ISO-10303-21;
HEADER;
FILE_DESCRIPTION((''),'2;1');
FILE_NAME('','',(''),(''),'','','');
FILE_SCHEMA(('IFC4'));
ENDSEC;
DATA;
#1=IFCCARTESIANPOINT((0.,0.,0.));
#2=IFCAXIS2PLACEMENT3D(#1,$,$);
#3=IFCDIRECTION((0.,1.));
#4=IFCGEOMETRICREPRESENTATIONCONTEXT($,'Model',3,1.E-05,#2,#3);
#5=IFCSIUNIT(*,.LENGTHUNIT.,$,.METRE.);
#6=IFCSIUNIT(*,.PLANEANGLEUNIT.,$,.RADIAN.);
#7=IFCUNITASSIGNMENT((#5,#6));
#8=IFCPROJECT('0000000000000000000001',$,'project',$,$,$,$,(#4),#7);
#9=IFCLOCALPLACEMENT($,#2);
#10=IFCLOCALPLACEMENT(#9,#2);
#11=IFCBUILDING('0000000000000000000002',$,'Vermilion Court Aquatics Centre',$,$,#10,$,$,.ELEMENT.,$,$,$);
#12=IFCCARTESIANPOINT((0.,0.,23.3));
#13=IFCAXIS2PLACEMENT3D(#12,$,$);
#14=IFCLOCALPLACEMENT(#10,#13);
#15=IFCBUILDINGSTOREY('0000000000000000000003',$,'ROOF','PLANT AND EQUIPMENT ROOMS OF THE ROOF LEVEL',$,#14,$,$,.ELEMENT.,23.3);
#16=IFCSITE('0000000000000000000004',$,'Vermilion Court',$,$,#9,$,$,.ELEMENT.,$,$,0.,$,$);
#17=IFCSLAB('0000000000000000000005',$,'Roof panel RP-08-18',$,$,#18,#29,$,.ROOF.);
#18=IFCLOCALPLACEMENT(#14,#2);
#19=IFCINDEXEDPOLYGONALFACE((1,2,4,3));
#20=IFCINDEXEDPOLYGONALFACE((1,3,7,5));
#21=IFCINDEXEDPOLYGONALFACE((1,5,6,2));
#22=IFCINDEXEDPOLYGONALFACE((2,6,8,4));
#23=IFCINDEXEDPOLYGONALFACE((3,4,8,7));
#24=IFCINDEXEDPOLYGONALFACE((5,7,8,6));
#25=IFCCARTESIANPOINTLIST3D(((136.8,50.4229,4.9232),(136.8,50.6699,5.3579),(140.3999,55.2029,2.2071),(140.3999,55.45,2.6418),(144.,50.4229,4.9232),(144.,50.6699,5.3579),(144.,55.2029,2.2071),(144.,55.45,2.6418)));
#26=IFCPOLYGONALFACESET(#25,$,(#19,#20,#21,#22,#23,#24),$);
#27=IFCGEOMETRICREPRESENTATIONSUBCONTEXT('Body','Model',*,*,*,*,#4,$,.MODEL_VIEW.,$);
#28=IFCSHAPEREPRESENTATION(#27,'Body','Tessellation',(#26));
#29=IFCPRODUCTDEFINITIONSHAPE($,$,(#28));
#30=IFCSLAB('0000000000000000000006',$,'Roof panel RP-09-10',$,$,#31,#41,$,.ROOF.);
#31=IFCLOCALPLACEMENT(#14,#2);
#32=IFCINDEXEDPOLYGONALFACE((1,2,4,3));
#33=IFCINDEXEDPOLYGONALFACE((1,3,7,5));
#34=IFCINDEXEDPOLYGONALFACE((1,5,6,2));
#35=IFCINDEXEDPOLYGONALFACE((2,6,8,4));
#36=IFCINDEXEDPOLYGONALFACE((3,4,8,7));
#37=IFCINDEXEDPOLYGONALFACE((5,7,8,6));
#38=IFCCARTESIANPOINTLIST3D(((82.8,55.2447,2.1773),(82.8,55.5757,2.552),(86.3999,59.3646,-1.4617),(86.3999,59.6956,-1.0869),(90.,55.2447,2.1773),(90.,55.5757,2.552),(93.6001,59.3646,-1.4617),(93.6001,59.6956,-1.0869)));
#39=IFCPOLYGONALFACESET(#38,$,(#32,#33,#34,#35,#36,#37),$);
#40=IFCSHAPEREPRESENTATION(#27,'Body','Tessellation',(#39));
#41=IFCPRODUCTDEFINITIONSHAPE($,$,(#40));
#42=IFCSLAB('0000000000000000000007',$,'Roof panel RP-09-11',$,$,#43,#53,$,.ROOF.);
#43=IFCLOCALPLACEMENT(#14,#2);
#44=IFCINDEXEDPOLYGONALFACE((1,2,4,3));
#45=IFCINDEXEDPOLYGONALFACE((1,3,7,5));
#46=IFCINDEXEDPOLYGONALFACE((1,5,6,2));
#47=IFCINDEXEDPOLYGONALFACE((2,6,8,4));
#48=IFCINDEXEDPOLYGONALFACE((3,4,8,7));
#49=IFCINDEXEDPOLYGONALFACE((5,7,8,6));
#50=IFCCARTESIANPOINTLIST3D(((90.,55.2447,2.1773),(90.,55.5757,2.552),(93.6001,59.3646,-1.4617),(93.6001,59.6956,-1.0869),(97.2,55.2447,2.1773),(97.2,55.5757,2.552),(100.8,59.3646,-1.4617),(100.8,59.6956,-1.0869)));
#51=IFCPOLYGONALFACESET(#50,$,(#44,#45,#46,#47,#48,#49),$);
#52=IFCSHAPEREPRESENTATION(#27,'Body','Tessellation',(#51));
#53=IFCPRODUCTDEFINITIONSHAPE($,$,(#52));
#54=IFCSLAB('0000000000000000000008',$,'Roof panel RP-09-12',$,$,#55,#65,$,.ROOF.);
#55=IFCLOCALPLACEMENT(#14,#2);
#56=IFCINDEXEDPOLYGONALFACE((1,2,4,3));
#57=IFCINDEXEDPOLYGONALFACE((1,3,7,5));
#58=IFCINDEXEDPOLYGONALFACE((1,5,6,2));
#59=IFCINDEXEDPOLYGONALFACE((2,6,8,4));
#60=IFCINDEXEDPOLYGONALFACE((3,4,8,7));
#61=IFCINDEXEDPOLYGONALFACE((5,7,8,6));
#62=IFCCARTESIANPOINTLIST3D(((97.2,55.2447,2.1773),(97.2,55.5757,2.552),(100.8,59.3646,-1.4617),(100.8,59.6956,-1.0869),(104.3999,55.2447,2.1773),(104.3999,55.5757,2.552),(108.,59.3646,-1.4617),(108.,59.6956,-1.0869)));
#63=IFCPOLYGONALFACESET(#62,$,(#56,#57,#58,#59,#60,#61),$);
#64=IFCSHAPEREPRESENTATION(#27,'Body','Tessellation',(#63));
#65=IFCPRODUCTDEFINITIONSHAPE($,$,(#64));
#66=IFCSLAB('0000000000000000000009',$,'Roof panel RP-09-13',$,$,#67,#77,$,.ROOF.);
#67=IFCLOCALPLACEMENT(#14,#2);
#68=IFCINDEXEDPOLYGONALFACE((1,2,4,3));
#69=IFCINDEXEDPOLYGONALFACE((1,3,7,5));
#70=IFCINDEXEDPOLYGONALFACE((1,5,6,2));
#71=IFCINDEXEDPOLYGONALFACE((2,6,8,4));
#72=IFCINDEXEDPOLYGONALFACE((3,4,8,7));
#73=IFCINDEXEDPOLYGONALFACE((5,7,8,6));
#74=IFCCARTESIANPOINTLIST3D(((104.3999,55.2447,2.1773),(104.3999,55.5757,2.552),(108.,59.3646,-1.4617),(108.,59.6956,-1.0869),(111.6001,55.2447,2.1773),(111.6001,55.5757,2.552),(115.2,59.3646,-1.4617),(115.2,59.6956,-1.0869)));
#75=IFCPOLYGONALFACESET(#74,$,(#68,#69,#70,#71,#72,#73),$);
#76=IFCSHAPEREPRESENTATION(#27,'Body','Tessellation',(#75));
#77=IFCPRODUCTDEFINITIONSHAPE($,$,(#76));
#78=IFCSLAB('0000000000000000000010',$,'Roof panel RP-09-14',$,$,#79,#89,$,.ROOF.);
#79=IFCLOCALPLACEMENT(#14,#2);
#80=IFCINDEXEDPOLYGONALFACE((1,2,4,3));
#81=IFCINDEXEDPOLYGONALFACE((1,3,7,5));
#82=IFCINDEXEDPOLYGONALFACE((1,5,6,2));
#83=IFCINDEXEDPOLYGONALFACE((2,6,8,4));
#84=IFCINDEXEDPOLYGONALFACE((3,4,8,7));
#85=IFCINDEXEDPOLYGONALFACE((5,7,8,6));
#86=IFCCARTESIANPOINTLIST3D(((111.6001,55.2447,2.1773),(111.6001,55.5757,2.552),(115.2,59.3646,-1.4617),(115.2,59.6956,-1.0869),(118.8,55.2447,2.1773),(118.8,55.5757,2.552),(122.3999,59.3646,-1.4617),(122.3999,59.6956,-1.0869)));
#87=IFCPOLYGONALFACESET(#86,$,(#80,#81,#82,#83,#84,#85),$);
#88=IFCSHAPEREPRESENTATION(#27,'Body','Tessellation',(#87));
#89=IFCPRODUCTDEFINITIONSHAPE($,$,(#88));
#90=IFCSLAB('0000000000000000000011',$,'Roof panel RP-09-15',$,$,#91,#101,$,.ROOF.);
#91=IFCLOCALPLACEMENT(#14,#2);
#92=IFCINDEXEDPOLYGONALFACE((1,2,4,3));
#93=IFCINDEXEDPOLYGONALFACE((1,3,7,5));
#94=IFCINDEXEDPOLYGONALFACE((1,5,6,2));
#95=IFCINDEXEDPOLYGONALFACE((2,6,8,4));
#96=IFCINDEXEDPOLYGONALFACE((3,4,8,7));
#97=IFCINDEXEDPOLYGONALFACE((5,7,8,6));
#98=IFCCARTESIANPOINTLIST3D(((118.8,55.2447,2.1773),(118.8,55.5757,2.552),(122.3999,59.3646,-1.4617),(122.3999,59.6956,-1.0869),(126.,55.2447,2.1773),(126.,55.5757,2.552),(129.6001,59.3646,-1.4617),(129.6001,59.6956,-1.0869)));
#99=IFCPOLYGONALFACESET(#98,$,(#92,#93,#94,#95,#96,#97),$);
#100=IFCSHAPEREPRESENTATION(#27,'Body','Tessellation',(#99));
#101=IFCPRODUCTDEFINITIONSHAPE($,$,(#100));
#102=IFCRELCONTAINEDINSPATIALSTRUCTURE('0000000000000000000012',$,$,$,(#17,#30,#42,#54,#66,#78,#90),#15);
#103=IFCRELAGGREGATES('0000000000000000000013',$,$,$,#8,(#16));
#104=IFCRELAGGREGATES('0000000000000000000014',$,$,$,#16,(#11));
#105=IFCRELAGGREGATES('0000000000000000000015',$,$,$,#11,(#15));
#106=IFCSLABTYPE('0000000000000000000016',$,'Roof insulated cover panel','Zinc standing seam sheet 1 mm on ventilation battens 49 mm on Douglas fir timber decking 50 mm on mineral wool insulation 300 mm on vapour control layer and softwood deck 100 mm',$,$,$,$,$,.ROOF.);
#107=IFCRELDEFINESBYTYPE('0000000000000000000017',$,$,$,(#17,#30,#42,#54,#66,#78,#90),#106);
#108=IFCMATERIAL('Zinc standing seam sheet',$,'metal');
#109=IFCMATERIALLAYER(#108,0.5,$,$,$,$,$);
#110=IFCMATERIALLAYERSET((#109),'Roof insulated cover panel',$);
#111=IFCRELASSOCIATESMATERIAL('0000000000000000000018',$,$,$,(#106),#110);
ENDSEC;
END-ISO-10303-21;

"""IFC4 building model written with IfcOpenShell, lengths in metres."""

from ifc_helpers import new_model, si_unit, direction, frame, origin, place, context, subcontext, project, spatial, polyline, outline, extrude, material, layer, layer_set, type_object, element, save


model = new_model("IFC4")

# Units and contexts
model_context = context("Model", 3, precision=1e-05, world=origin(), true_north=direction((0.0, 1.0)))
body_context = subcontext(model_context, "Body", "Model", "MODEL_VIEW")
ifc_project = project(units=[si_unit("LENGTHUNIT", "METRE"), si_unit("PLANEANGLEUNIT", "RADIAN")], contexts=[model_context])

# Site, building, storey
site_placement = place(None, origin())
site = spatial("IfcSite", under=ifc_project, at=site_placement, Name="Vermilion Court", CompositionType="ELEMENT", RefElevation=0.0)
building_placement = place(site_placement, origin())
building = spatial("IfcBuilding", under=site, at=building_placement, Name="Vermilion Court Aquatics Centre", CompositionType="ELEMENT")
storey_placement = place(building_placement, frame((0.0, 0.0, 23.3)))
storey = spatial("IfcBuildingStorey", under=building, at=storey_placement, Name="ROOF", Description="PLANT AND EQUIPMENT ROOMS OF THE ROOF LEVEL", CompositionType="ELEMENT", Elevation=23.3)

# Slabs
ifc_material = material(Name="Zinc standing seam sheet", Category="metal")
ifc_layer = layer(ifc_material, 0.5)
ifc_layer_set = layer_set([ifc_layer], Name="Roof insulated cover panel")
slab_type = type_object("IfcSlabType", Name="Roof insulated cover panel", Description="Zinc standing seam sheet 1 mm on ventilation battens 49 mm on Douglas fir timber decking 50 mm on mineral wool insulation 300 mm on vapour control layer and softwood deck 100 mm", PredefinedType="ROOF", material=ifc_layer_set)
slab_1_placement = place(storey_placement, frame((136.8, 50.6699, 5.3579), z_axis=(0.0, 0.494028, 0.869446), x_axis=(1.0, 0.0, 0.0)))
element("IfcSlab", 1, at=slab_1_placement, inside=storey, type_object=slab_type, Name="Roof panel RP-08-18", PredefinedType="ROOF", context=body_context, shape_type="SweptSolid", body=[
    extrude(outline(polyline([(0.0, 0.0), (7.2, 0.0), (7.2, 5.4978), (3.5999, 5.4978), (0.0, 0.0)])), origin(), (0.0, 0.0, -1.0), 0.5),
])
slab_2_placement = place(storey_placement, frame((82.8, 55.5757, 2.552), z_axis=(0.0, 0.662003, 0.749501), x_axis=(1.0, 0.0, 0.0)))
element("IfcSlab", 2, at=slab_2_placement, inside=storey, type_object=slab_type, Name="Roof panel RP-09-10", PredefinedType="ROOF", context=body_context, shape_type="SweptSolid", body=[
    extrude(outline(polyline([(0.0, 0.0), (7.2, 0.0), (10.8, 5.4968), (3.5999, 5.4968), (0.0, 0.0)])), origin(), (0.0, 0.0, -1.0), 0.5),
])
for number, where, z_axis, x_axis, name in (
    (3, (90.0, 55.5757, 2.552), (0.0, 0.662003, 0.749501), (1.0, 0.0, 0.0), "Roof panel RP-09-11"),
    (4, (97.2, 55.5757, 2.552), (0.0, 0.662003, 0.749501), (1.0, 0.0, 0.0), "Roof panel RP-09-12"),
):
    element("IfcSlab", number, at=place(storey_placement, frame(where, z_axis=z_axis, x_axis=x_axis)), inside=storey, type_object=slab_type, Name=name, PredefinedType="ROOF", context=body_context, shape_type="SweptSolid", body=[
        extrude(outline(polyline([(0.0, 0.0), (7.2, 0.0), (10.8, 5.4968), (3.6001, 5.4968), (0.0, 0.0)])), origin(), (0.0, 0.0, -1.0), 0.5),
    ])
slab_3_placement = place(storey_placement, frame((104.3999, 55.5757, 2.552), z_axis=(0.0, 0.662003, 0.749501), x_axis=(1.0, 0.0, 0.0)))
element("IfcSlab", 5, at=slab_3_placement, inside=storey, type_object=slab_type, Name="Roof panel RP-09-13", PredefinedType="ROOF", context=body_context, shape_type="SweptSolid", body=[
    extrude(outline(polyline([(0.0, 0.0), (7.2002, 0.0), (10.8, 5.4968), (3.6001, 5.4968), (0.0, 0.0)])), origin(), (0.0, 0.0, -1.0), 0.5),
])
slab_4_placement = place(storey_placement, frame((111.6001, 55.5757, 2.552), z_axis=(0.0, 0.662003, 0.749501), x_axis=(1.0, 0.0, 0.0)))
element("IfcSlab", 6, at=slab_4_placement, inside=storey, type_object=slab_type, Name="Roof panel RP-09-14", PredefinedType="ROOF", context=body_context, shape_type="SweptSolid", body=[
    extrude(outline(polyline([(0.0, 0.0), (7.2, 0.0), (10.7998, 5.4968), (3.5999, 5.4968), (0.0, 0.0)])), origin(), (0.0, 0.0, -1.0), 0.5),
])
slab_5_placement = place(storey_placement, frame((118.8, 55.5757, 2.552), z_axis=(0.0, 0.662003, 0.749501), x_axis=(1.0, 0.0, 0.0)))
element("IfcSlab", 7, at=slab_5_placement, inside=storey, type_object=slab_type, Name="Roof panel RP-09-15", PredefinedType="ROOF", context=body_context, shape_type="SweptSolid", body=[
    extrude(outline(polyline([(0.0, 0.0), (7.2, 0.0), (10.8, 5.4968), (3.5999, 5.4968), (0.0, 0.0)])), origin(), (0.0, 0.0, -1.0), 0.5),
])

save(model, "model.ifc")
